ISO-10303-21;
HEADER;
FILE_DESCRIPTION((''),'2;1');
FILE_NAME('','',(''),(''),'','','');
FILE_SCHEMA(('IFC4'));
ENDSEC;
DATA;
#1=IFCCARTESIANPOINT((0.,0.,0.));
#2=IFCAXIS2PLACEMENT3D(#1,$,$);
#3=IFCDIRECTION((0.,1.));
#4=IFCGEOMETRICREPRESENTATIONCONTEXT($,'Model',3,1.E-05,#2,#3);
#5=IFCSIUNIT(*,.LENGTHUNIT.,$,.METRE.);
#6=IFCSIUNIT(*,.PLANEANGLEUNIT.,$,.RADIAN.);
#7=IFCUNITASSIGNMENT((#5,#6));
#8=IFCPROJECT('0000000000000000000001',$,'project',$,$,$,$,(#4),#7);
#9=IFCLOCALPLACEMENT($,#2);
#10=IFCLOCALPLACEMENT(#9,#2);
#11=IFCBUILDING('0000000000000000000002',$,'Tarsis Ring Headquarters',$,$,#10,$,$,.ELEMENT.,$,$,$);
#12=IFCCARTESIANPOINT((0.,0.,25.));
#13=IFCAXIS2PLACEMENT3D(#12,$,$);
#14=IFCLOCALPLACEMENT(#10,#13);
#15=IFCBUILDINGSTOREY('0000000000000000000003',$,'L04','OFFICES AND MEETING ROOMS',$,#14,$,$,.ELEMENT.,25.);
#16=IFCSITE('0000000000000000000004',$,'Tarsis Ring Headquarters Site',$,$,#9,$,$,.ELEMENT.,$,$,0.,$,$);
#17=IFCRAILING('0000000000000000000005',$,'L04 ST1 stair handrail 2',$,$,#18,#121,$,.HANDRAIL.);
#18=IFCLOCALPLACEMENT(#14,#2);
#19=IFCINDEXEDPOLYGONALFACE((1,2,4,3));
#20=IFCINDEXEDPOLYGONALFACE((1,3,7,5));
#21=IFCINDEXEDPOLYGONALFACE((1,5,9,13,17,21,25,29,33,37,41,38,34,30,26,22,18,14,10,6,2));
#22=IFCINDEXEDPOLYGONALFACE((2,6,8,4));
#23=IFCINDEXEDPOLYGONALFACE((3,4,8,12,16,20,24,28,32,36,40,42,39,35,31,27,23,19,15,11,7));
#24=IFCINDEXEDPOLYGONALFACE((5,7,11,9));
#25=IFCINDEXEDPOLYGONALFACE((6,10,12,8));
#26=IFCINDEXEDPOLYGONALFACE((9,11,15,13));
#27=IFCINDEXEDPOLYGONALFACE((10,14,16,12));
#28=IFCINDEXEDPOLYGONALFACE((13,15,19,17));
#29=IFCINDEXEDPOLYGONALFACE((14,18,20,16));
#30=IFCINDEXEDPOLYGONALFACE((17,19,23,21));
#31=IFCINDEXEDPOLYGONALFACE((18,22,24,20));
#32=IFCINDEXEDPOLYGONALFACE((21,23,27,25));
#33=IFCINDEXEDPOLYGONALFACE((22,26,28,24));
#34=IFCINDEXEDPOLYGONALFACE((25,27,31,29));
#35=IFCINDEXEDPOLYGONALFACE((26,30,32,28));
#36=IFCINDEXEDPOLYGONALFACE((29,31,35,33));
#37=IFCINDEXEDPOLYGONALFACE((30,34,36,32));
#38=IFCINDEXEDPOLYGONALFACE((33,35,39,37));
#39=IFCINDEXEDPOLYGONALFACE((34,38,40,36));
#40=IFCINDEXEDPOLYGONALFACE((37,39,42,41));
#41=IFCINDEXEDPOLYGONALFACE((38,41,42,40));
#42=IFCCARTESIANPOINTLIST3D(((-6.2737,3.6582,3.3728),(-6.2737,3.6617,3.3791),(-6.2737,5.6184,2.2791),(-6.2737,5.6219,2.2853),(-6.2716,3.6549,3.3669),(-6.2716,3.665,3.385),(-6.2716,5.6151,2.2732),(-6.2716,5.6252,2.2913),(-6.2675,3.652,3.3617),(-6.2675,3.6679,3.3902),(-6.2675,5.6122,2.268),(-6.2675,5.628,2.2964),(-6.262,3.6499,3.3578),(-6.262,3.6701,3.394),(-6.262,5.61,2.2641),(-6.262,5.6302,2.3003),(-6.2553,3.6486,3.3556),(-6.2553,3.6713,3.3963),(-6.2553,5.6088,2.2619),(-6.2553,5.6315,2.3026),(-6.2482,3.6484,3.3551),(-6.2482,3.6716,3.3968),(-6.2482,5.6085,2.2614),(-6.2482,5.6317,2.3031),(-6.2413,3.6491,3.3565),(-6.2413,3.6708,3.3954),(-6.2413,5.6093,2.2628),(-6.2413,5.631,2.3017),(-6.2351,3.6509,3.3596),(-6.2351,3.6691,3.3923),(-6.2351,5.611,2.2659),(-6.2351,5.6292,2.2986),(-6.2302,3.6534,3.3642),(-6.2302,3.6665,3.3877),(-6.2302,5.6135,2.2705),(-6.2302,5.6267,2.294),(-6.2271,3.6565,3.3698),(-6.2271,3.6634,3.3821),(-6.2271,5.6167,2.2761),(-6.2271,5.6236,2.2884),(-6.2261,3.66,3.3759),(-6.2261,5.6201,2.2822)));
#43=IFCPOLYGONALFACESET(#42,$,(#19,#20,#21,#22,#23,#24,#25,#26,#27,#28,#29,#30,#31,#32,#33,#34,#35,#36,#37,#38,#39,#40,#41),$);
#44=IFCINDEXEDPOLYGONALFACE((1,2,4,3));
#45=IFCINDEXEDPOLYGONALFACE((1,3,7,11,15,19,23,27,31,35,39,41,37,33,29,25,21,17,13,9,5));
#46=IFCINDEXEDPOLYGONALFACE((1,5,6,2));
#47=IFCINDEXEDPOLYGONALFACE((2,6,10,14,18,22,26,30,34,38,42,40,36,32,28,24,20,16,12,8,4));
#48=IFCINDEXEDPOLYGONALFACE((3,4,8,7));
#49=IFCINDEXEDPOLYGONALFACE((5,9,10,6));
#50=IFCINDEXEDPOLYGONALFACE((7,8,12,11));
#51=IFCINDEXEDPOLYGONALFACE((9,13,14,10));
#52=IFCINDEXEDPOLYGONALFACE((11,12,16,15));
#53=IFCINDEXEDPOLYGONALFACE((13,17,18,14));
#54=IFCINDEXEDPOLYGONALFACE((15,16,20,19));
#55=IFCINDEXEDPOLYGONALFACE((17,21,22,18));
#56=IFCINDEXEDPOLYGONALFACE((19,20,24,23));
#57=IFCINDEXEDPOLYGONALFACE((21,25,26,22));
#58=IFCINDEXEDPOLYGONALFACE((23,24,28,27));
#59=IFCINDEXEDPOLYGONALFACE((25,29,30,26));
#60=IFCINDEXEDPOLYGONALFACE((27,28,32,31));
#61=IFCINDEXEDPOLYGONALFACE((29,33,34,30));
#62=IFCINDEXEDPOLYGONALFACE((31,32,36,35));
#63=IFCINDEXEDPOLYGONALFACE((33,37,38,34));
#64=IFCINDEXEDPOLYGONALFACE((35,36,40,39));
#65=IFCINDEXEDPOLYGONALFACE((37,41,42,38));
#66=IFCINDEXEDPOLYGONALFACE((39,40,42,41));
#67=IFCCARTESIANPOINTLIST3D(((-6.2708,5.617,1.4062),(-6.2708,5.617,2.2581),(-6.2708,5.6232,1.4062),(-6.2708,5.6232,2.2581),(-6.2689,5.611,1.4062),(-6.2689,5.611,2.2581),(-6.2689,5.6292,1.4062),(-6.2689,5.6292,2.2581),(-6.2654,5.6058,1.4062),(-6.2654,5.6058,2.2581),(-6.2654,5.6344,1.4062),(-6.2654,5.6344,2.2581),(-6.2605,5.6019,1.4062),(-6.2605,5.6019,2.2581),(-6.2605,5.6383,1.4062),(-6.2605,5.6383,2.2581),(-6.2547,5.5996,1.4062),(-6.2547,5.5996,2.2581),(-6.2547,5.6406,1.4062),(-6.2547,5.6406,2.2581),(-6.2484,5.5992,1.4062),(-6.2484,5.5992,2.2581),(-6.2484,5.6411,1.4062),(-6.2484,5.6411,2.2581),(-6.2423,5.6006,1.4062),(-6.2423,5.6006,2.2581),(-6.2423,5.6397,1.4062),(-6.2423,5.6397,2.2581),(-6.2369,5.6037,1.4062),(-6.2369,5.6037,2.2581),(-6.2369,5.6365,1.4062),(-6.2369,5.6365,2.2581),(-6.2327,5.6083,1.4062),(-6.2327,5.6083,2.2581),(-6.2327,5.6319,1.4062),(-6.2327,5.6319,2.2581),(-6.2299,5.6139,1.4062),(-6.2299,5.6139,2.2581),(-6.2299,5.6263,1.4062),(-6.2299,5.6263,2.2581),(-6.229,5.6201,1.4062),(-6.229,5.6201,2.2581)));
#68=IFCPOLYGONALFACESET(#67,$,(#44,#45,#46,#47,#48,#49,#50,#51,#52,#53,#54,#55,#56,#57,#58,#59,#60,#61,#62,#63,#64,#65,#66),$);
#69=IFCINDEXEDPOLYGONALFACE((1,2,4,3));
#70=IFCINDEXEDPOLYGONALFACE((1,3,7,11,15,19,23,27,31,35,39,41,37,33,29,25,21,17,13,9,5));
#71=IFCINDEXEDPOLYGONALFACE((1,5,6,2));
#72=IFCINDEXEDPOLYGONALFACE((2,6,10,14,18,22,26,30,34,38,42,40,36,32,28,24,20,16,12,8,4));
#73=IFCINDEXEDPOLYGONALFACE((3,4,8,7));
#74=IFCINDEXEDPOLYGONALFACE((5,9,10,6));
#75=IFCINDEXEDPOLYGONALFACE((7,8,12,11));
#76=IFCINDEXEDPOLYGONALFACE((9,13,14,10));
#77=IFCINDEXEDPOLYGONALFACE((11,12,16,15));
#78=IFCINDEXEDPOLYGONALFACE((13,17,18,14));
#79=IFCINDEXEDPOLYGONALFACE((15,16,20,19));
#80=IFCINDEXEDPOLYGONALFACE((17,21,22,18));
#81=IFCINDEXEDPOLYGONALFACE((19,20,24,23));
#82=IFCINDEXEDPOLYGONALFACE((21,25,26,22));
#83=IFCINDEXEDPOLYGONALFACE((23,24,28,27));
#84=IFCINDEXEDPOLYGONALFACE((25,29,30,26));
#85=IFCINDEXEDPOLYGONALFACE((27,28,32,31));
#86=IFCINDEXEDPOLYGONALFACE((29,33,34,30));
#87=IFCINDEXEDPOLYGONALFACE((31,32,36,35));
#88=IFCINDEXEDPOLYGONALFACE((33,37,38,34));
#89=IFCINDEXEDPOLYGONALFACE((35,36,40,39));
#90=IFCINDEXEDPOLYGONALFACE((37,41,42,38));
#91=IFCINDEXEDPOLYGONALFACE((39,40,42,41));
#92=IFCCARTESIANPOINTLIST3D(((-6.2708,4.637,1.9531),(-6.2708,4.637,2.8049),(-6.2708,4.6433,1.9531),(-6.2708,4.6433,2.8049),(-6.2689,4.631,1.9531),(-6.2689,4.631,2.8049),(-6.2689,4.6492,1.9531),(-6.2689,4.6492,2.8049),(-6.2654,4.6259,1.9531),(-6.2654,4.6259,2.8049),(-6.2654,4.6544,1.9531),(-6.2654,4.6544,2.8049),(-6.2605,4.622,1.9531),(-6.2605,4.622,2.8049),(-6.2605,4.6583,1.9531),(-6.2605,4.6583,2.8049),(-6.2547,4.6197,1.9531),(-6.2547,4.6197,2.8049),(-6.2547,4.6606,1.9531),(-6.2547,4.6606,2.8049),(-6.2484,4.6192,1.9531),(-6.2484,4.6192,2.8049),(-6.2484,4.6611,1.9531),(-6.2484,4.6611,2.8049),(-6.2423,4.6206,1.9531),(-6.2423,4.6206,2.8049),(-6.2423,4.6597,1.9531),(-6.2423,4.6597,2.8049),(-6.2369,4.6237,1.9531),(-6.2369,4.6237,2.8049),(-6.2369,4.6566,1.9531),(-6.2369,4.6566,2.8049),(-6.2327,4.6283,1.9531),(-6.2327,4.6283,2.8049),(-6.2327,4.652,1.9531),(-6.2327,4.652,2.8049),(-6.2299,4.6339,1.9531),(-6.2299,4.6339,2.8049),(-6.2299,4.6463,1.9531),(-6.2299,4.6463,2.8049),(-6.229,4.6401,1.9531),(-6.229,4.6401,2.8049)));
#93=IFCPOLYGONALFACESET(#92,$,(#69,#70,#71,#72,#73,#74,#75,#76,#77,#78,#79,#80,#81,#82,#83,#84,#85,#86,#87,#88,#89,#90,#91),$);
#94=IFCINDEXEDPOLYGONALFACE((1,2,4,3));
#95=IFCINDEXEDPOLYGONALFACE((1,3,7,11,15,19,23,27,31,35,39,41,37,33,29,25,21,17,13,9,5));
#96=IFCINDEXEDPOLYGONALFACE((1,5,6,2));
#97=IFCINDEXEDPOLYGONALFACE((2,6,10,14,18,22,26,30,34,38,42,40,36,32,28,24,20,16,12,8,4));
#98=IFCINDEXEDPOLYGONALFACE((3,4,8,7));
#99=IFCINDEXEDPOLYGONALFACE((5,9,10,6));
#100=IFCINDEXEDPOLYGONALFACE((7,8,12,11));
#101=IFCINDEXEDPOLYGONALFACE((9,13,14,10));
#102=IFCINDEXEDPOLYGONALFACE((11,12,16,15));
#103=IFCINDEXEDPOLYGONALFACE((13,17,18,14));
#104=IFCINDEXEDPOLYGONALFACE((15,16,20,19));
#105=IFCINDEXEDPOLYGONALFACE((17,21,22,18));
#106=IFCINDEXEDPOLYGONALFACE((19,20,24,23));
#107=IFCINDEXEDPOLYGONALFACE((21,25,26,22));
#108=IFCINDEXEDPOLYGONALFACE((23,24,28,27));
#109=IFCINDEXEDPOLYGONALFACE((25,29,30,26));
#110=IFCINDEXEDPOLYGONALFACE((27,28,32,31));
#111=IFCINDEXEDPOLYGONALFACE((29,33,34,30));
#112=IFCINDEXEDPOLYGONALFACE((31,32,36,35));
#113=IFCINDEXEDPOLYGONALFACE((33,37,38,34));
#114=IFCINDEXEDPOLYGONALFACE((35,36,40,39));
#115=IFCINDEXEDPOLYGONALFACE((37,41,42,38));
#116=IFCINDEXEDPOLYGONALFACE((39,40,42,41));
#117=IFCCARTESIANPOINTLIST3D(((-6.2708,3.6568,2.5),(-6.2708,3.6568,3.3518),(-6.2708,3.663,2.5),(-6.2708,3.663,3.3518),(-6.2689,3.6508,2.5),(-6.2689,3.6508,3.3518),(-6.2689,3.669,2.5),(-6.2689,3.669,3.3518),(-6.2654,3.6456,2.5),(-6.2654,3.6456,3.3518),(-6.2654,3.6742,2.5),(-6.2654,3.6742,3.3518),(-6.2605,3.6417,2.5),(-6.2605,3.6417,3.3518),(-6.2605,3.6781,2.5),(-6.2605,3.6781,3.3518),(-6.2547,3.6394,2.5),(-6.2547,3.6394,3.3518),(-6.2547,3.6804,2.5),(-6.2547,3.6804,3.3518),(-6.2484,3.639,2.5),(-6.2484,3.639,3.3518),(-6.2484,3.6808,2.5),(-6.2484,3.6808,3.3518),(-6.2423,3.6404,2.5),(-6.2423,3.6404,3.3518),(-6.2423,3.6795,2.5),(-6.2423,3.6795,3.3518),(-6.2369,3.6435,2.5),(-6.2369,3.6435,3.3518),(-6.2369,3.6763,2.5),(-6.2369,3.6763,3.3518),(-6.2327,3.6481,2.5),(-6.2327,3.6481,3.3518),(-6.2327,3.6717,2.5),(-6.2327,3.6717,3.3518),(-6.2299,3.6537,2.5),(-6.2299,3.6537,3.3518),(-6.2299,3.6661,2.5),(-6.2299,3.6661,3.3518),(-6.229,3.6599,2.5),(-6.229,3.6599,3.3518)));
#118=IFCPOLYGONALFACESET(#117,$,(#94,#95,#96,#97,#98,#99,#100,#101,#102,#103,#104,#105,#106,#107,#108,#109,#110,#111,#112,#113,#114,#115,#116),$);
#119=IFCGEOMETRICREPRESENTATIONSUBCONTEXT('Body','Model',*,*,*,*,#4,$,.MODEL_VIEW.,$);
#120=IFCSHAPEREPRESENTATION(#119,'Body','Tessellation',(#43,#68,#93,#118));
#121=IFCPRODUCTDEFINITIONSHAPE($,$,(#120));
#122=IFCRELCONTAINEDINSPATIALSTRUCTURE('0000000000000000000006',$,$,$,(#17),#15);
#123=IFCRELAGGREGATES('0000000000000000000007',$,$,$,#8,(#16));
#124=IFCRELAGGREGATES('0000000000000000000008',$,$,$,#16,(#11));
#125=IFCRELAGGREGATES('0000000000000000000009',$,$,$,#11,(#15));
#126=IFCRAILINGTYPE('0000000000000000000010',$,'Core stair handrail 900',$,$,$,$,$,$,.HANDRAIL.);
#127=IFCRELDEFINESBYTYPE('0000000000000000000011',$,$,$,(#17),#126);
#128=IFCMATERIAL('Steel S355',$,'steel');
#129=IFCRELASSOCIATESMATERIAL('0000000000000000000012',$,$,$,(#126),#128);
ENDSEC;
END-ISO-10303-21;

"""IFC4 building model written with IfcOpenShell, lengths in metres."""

from ifc_helpers import new_model, si_unit, direction, frame, origin, origin_2d, place, context, subcontext, project, spatial, circle, extrude, material, type_object, element, save


model = new_model("IFC4")

# Units and contexts
model_context = context("Model", 3, precision=1e-05, world=origin(), true_north=direction((0.0, 1.0)))
body_context = subcontext(model_context, "Body", "Model", "MODEL_VIEW")
ifc_project = project(units=[si_unit("LENGTHUNIT", "METRE"), si_unit("PLANEANGLEUNIT", "RADIAN")], contexts=[model_context])

# Site, building, storey
site_placement = place(None, origin())
site = spatial("IfcSite", under=ifc_project, at=site_placement, Name="Tarsis Ring Headquarters Site", CompositionType="ELEMENT", RefElevation=0.0)
building_placement = place(site_placement, origin())
building = spatial("IfcBuilding", under=site, at=building_placement, Name="Tarsis Ring Headquarters", CompositionType="ELEMENT")
storey_placement = place(building_placement, frame((0.0, 0.0, 25.0)))
storey = spatial("IfcBuildingStorey", under=building, at=storey_placement, Name="L04", Description="OFFICES AND MEETING ROOMS", CompositionType="ELEMENT", Elevation=25.0)

# Shared definitions
ifc_material_1 = material(Name="Steel S355", Category="steel")

# Railing
railing_type_1 = type_object("IfcRailingType", Name="Core stair handrail 900", PredefinedType="HANDRAIL", material=ifc_material_1)
railing_1_placement = place(storey_placement, frame((-6.25, 5.6201, 1.4062)))
element("IfcRailing", 1, at=railing_1_placement, inside=storey, type_object=railing_type_1, Name="L04 ST1 stair handrail 2", PredefinedType="HANDRAIL", context=body_context, shape_type="SweptSolid", body=[
    extrude(circle(Radius=0.0239, at=origin_2d()), frame((0.0, 0.0, 0.876), z_axis=(0.0, -0.873258, 0.487258), x_axis=(1.0, 0.0, 0.0)), (0.0, 0.0, 1.0), 2.2446),
    extrude(circle(Radius=0.021, at=origin_2d()), origin(), (0.0, 0.0, 1.0), 0.8518),
    extrude(circle(Radius=0.021, at=origin_2d()), frame((0.0, -0.98, 0.5469)), (0.0, 0.0, 1.0), 0.8518),
    extrude(circle(Radius=0.021, at=origin_2d()), frame((0.0, -1.9602, 1.0938)), (0.0, 0.0, 1.0), 0.8518),
])

save(model, "model.ifc")
